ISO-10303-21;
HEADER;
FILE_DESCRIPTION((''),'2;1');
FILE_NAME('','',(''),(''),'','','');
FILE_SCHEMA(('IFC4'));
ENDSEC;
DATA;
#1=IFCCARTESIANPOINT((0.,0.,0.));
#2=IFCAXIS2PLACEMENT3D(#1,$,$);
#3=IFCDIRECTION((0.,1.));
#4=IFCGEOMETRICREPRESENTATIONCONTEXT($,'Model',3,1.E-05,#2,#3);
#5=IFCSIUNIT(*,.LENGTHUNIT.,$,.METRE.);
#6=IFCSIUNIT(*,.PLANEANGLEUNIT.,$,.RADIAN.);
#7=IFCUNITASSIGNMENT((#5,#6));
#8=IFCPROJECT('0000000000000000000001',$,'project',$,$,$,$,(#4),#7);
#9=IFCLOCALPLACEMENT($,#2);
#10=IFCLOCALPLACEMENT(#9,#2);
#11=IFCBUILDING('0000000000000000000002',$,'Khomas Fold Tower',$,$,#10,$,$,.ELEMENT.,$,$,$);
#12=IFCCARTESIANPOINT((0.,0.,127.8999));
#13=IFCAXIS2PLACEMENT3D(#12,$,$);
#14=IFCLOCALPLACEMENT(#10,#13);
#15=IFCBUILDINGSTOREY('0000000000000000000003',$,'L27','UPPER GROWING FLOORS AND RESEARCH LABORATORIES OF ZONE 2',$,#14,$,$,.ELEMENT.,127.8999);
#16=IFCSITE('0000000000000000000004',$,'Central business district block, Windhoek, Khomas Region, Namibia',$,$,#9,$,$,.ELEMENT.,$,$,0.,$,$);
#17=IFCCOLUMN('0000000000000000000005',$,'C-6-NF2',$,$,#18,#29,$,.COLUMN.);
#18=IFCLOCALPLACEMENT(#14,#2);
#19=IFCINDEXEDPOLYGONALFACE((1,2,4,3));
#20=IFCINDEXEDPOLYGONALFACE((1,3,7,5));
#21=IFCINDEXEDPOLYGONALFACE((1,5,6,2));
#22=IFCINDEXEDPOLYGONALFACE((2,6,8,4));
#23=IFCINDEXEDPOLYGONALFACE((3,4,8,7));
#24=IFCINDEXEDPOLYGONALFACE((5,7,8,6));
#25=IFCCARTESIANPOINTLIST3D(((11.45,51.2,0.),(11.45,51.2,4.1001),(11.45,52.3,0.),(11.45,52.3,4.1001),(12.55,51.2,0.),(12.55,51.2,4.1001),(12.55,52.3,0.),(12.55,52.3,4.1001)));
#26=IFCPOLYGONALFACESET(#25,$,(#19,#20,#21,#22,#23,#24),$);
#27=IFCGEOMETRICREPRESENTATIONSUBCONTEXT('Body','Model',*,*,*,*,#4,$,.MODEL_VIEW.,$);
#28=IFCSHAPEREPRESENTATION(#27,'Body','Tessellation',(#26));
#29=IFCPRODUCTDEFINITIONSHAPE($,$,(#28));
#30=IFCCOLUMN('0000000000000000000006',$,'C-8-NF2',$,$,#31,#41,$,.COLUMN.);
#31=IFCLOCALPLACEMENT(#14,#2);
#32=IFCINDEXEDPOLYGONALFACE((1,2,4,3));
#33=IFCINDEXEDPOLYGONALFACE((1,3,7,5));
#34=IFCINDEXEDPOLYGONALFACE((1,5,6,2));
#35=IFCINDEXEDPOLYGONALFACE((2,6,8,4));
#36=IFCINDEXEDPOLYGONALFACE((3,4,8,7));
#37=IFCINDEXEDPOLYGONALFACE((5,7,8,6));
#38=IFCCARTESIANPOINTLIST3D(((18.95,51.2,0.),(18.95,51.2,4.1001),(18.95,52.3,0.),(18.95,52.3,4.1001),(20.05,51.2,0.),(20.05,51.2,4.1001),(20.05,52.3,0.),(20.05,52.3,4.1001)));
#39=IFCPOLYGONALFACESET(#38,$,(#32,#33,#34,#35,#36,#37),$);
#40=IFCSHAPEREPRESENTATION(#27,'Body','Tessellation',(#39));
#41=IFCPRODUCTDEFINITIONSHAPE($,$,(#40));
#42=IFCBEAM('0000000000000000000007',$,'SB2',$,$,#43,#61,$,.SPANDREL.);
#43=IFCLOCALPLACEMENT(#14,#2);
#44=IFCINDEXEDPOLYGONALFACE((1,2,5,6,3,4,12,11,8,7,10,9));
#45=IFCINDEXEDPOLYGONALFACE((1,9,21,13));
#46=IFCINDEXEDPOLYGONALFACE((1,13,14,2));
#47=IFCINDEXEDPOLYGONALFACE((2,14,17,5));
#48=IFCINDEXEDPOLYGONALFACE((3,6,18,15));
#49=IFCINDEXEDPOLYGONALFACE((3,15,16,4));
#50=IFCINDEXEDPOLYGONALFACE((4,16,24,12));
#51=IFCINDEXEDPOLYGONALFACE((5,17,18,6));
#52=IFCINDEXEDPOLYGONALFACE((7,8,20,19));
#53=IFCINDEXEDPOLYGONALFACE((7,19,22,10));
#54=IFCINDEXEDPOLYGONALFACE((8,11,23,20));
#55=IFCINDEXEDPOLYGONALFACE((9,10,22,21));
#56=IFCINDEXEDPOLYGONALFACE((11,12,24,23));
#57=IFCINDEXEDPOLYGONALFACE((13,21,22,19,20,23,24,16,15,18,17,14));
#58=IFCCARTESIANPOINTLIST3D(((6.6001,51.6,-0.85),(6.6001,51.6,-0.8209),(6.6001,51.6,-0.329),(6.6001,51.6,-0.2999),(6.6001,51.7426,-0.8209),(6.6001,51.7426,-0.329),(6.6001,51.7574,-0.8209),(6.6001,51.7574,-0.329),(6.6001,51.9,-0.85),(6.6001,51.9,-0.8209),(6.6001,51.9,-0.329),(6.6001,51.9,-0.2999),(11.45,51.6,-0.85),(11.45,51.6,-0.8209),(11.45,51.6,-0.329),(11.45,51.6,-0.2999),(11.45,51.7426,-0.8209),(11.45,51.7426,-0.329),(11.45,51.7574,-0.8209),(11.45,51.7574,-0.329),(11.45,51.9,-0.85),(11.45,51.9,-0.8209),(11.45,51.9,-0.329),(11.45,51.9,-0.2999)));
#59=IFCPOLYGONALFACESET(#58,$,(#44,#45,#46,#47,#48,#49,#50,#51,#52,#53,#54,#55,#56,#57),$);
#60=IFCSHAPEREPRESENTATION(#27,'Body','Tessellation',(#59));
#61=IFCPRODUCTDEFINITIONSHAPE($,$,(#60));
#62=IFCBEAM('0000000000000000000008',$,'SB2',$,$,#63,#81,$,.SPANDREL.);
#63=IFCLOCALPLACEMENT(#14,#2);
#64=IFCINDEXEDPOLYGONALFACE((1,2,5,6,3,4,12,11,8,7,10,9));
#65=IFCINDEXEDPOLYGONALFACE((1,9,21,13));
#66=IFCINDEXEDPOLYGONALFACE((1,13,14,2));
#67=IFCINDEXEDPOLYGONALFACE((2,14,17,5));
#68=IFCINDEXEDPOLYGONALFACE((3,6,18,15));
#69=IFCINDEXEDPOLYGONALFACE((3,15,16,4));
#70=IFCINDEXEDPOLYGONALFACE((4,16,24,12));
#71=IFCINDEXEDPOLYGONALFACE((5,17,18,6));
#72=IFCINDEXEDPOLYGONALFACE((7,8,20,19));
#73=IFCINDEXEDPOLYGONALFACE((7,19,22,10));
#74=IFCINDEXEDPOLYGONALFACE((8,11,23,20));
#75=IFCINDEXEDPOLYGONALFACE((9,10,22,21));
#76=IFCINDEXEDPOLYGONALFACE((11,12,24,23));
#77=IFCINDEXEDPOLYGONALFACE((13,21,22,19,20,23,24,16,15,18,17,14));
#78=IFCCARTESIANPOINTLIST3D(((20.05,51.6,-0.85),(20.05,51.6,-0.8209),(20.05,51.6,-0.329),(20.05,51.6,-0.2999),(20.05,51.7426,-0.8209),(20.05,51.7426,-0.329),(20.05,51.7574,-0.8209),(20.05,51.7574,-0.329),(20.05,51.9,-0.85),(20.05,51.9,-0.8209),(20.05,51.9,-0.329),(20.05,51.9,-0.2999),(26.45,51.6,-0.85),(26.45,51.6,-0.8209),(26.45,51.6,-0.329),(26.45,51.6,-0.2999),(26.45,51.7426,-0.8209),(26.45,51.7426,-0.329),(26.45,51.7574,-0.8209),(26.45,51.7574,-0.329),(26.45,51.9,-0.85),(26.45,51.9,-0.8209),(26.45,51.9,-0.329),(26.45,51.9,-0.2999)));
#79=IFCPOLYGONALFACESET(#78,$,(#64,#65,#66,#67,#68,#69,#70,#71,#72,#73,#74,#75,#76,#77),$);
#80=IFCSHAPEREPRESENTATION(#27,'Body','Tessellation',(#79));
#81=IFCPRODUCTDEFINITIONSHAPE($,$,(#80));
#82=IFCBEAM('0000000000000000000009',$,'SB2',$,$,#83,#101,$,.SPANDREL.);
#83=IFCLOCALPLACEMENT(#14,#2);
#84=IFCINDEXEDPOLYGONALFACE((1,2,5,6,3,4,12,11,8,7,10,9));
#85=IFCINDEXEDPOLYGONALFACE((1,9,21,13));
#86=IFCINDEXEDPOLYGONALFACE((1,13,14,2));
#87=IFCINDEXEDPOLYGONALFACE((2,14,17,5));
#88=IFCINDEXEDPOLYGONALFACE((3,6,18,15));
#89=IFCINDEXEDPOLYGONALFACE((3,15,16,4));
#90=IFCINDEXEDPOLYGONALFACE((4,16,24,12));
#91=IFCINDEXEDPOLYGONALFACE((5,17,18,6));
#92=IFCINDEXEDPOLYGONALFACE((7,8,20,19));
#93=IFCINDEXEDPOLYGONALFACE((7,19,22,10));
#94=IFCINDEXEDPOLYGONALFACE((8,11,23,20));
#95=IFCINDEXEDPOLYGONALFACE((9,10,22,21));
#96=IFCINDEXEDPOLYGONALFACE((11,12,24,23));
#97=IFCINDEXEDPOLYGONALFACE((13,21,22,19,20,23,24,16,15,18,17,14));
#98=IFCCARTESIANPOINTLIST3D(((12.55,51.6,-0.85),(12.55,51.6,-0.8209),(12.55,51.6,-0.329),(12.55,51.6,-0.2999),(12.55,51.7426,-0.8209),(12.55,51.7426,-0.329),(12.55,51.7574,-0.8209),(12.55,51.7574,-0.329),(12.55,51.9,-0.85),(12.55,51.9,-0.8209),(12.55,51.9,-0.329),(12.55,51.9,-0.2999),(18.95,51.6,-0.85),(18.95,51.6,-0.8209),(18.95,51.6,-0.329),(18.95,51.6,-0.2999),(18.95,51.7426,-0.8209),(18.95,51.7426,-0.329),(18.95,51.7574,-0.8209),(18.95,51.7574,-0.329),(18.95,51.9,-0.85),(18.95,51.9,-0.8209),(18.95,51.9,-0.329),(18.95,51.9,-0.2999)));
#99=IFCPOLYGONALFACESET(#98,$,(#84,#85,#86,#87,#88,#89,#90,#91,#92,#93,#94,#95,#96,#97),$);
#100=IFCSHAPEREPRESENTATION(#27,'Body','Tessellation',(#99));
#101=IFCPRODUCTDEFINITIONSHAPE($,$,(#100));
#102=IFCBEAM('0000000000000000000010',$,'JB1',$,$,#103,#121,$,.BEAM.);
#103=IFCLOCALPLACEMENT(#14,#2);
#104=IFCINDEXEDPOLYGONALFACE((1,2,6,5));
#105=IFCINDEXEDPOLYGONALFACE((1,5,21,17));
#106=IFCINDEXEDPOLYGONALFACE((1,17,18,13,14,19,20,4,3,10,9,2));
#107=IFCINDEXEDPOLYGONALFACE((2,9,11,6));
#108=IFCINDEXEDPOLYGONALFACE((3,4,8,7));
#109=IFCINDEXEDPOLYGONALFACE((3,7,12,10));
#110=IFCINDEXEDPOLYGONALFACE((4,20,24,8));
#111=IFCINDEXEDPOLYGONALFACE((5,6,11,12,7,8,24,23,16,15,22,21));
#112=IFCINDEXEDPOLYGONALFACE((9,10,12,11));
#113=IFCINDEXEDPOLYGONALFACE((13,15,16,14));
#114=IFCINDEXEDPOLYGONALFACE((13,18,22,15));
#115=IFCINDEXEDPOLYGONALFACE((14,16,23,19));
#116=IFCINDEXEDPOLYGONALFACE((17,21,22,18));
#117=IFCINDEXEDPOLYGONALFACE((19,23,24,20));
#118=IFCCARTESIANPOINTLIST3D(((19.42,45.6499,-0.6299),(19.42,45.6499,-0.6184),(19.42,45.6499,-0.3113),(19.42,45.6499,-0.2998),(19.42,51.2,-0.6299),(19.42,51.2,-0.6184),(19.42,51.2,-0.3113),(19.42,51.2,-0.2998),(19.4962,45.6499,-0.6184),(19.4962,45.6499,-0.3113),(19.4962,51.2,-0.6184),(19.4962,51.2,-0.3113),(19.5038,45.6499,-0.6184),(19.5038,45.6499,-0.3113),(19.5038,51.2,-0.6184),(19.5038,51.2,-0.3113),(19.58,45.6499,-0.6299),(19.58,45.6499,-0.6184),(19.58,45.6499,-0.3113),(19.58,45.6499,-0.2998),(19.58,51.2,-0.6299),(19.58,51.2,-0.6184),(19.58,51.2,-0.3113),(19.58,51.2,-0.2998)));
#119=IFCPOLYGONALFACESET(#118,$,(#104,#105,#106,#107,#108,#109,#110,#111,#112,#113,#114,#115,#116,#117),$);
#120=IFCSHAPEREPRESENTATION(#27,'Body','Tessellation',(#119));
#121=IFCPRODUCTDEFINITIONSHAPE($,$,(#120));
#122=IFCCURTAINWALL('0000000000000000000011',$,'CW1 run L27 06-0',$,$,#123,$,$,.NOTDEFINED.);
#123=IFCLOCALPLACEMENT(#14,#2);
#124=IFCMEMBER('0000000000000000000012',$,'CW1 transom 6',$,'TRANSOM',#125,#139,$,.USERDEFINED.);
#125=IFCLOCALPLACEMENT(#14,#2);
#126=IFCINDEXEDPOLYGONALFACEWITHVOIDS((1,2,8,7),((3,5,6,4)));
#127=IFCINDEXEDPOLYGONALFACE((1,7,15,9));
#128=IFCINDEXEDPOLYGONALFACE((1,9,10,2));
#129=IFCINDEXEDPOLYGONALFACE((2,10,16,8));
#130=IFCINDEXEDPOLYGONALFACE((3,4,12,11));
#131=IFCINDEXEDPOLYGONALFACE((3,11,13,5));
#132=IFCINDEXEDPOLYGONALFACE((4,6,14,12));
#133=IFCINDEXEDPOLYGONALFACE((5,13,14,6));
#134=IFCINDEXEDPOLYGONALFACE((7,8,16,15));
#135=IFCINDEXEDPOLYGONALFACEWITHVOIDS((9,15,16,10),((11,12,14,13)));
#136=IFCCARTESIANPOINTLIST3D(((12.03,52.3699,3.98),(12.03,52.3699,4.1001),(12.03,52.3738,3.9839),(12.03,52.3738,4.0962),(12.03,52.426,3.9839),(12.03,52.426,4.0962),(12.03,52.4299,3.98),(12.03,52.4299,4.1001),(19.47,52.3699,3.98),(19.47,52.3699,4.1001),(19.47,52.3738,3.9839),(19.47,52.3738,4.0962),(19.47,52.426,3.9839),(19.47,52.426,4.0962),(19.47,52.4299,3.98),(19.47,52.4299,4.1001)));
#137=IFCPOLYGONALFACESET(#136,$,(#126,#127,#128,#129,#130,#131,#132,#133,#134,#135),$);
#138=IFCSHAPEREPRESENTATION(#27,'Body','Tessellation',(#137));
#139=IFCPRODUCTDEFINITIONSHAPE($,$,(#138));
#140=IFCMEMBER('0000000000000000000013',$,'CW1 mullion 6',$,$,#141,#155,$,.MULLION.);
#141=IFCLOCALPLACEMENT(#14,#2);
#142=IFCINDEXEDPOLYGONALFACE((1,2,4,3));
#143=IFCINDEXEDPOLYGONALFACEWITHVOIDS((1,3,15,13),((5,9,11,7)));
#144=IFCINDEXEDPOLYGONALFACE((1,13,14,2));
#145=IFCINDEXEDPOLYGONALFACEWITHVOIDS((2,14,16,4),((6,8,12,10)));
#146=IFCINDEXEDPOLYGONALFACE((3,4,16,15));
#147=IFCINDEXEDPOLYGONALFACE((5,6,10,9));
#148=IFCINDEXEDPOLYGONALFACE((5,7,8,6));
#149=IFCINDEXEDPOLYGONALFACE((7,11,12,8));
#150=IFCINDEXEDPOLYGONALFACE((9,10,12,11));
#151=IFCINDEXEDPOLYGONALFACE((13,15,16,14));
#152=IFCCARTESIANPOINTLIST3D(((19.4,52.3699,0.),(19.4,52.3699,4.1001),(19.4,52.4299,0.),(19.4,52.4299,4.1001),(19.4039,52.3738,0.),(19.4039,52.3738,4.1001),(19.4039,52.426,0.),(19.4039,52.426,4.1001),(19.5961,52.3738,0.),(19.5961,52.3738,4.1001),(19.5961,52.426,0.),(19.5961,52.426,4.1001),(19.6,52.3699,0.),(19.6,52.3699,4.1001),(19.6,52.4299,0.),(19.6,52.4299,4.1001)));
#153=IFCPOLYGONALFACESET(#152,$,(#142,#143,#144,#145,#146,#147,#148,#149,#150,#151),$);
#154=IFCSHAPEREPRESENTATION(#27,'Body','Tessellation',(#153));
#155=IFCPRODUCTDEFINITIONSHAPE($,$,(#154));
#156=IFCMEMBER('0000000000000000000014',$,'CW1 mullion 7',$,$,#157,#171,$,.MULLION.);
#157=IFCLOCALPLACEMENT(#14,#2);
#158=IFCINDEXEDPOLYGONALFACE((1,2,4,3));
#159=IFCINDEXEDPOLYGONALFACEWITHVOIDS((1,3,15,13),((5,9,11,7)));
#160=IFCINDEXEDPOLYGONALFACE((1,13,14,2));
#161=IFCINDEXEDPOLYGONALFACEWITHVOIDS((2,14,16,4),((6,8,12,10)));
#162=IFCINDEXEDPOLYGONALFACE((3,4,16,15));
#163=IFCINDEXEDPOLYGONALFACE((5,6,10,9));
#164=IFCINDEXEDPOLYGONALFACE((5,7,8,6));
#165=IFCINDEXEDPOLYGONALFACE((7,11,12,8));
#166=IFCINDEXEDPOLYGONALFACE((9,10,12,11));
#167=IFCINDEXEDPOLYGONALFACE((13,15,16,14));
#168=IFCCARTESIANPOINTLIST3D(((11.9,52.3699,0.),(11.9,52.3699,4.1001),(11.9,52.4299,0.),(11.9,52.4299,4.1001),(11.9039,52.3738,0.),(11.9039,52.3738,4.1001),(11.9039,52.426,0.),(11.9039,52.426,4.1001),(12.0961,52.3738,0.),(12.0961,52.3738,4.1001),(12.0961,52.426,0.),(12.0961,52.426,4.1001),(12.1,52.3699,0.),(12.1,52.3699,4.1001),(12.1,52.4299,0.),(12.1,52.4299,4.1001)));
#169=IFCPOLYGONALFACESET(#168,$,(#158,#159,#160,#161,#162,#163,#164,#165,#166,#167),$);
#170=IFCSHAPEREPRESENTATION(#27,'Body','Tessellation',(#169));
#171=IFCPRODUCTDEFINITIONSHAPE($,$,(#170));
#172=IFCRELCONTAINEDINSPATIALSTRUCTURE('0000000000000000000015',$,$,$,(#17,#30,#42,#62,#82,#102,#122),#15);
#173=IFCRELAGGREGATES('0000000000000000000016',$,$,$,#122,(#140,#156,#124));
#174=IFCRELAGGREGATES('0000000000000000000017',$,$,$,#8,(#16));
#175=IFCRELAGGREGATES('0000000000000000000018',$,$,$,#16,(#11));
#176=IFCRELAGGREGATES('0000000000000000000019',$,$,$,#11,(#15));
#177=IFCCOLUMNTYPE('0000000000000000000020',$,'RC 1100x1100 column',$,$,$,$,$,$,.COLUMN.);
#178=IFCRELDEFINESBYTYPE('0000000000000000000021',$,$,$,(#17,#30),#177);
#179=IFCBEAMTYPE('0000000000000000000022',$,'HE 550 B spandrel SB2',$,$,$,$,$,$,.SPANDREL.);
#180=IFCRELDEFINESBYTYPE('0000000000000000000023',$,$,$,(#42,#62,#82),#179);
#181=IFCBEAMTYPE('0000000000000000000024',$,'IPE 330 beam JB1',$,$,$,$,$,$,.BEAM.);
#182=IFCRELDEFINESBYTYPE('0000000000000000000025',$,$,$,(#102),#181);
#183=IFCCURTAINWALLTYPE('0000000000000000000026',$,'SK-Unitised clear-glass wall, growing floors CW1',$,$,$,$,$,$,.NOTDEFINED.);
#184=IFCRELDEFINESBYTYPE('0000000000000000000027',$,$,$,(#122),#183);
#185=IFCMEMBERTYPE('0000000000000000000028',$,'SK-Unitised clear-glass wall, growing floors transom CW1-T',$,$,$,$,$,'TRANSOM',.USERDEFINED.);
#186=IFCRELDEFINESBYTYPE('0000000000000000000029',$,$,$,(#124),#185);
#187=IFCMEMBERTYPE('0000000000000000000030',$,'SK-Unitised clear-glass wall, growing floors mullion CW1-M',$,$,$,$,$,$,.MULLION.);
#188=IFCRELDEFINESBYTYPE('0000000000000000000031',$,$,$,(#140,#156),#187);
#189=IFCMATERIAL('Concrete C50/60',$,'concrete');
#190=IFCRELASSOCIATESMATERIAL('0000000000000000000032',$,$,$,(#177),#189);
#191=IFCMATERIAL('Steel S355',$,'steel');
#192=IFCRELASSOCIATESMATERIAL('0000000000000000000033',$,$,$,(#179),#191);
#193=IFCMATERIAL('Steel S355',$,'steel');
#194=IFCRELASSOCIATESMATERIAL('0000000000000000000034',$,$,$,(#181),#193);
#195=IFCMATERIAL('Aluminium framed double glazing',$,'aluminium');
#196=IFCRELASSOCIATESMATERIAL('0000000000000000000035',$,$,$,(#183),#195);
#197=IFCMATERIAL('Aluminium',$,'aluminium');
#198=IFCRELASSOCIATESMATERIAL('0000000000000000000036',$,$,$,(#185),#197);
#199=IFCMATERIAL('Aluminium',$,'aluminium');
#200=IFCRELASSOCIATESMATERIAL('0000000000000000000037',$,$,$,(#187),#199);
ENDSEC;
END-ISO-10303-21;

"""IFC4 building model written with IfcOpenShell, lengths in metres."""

from ifc_helpers import new_model, si_unit, direction, frame, origin, origin_2d, place, context, subcontext, project, spatial, rectangle, hollow_rectangle, i_section, extrude, source, transform, mapped, material, material_profile, profile_set, type_object, element, aggregate, save


model = new_model("IFC4")

# Units and contexts
model_context = context("Model", 3, precision=1e-05, world=origin(), true_north=direction((0.0, 1.0)))
body_context = subcontext(model_context, "Body", "Model", "MODEL_VIEW")
ifc_project = project(units=[si_unit("LENGTHUNIT", "METRE"), si_unit("PLANEANGLEUNIT", "RADIAN")], contexts=[model_context])

# Site, building, storey
site_placement = place(None, origin())
site = spatial("IfcSite", under=ifc_project, at=site_placement, Name="Central business district block, Windhoek, Khomas Region, Namibia", CompositionType="ELEMENT", RefElevation=0.0)
building_placement = place(site_placement, origin())
building = spatial("IfcBuilding", under=site, at=building_placement, Name="Khomas Fold Tower", CompositionType="ELEMENT")
storey_placement = place(building_placement, frame((0.0, 0.0, 127.8999)))
storey = spatial("IfcBuildingStorey", under=building, at=storey_placement, Name="L27", Description="UPPER GROWING FLOORS AND RESEARCH LABORATORIES OF ZONE 2", CompositionType="ELEMENT", Elevation=127.8999)

# Columns
ifc_material_1 = material(Name="Concrete C50/60", Category="concrete")
ifc_material_profile_1 = material_profile(ifc_material_1, rectangle(XDim=1.1001, YDim=1.1001, at=origin_2d()), Name="RC 1100x1100")
ifc_profile_set_1 = profile_set([ifc_material_profile_1], Name="Concrete C50/60")
column_type = type_object("IfcColumnType", Name="RC 1100x1100 column", PredefinedType="COLUMN", material=ifc_profile_set_1)
shared_shape_1 = source(origin(), body_context, "Body", "SweptSolid", [
    extrude(rectangle(XDim=1.1001, YDim=1.1001, at=origin_2d()), origin(), (0.0, 0.0, 1.0), 4.1001),
])
for number, where, z_axis, x_axis, name in (
    (1, (12.0, 51.75, 0.0), (0.0, 0.0, 1.0), (1.0, 0.0, 0.0), "C-6-NF2"),
    (2, (19.5, 51.75, 0.0), (0.0, 0.0, 1.0), (1.0, 0.0, 0.0), "C-8-NF2"),
):
    element("IfcColumn", number, at=place(storey_placement, frame(where, z_axis=z_axis, x_axis=x_axis)), inside=storey, type_object=column_type, Name=name, PredefinedType="COLUMN", context=body_context, shape_type="MappedRepresentation", body=[
        mapped(shared_shape_1, transform((0.0, 0.0, 0.0))),
    ])

# Beams
ifc_material_2 = material(Name="Steel S355", Category="steel")
ifc_material_profile_2 = material_profile(ifc_material_2, i_section(OverallWidth=0.3, OverallDepth=0.55, WebThickness=0.0149, FlangeThickness=0.0291, at=origin_2d()), Name="HE 550 B")
ifc_profile_set_2 = profile_set([ifc_material_profile_2], Name="Steel S355")
beam_type_1 = type_object("IfcBeamType", Name="HE 550 B spandrel SB2", PredefinedType="SPANDREL", material=ifc_profile_set_2)
shared_shape_2 = source(origin(), body_context, "Body", "SweptSolid", [
    extrude(i_section(OverallWidth=0.3, OverallDepth=0.55, WebThickness=0.0149, FlangeThickness=0.0291, at=origin_2d()), origin(), (0.0, 0.0, 1.0), 4.8499),
])
beam_1_placement = place(storey_placement, frame((6.6001, 51.75, -0.575), z_axis=(1.0, 0.0, 0.0), x_axis=(0.0, 1.0, 0.0)))
element("IfcBeam", 3, at=beam_1_placement, inside=storey, type_object=beam_type_1, Name="SB2", PredefinedType="SPANDREL", context=body_context, shape_type="MappedRepresentation", body=[
    mapped(shared_shape_2, transform((0.0, 0.0, 0.0))),
])
shared_shape_3 = source(origin(), body_context, "Body", "SweptSolid", [
    extrude(i_section(OverallWidth=0.3, OverallDepth=0.55, WebThickness=0.0149, FlangeThickness=0.0291, at=origin_2d()), origin(), (0.0, 0.0, 1.0), 6.3999),
])
for number, where, z_axis, x_axis, name in (
    (4, (20.05, 51.75, -0.575), (1.0, 0.0, 0.0), (0.0, 1.0, 0.0), "SB2"),
    (5, (12.55, 51.75, -0.575), (1.0, 0.0, 0.0), (0.0, 1.0, 0.0), "SB2"),
):
    element("IfcBeam", number, at=place(storey_placement, frame(where, z_axis=z_axis, x_axis=x_axis)), inside=storey, type_object=beam_type_1, Name=name, PredefinedType="SPANDREL", context=body_context, shape_type="MappedRepresentation", body=[
        mapped(shared_shape_3, transform((0.0, 0.0, 0.0))),
    ])
ifc_material_3 = material(Name="Steel S355", Category="steel")
ifc_material_profile_3 = material_profile(ifc_material_3, i_section(OverallWidth=0.1599, OverallDepth=0.3301, WebThickness=0.0076, FlangeThickness=0.0115, at=origin_2d()), Name="IPE 330")
ifc_profile_set_3 = profile_set([ifc_material_profile_3], Name="Steel S355")
beam_type_2 = type_object("IfcBeamType", Name="IPE 330 beam JB1", PredefinedType="BEAM", material=ifc_profile_set_3)
shared_shape_4 = source(origin(), body_context, "Body", "SweptSolid", [
    extrude(i_section(OverallWidth=0.1599, OverallDepth=0.3301, WebThickness=0.0076, FlangeThickness=0.0115, at=origin_2d()), origin(), (0.0, 0.0, 1.0), 5.55),
])
beam_2_placement = place(storey_placement, frame((19.5, 45.6499, -0.4648), z_axis=(0.0, 1.0, 0.0), x_axis=(-1.0, 0.0, 0.0)))
element("IfcBeam", 6, at=beam_2_placement, inside=storey, type_object=beam_type_2, Name="JB1", PredefinedType="BEAM", context=body_context, shape_type="MappedRepresentation", body=[
    mapped(shared_shape_4, transform((0.0, 0.0, 0.0))),
])

# Curtain wall, members
ifc_material_4 = material(Name="Aluminium framed double glazing", Category="aluminium")
curtain_wall_type = type_object("IfcCurtainWallType", Name="SK-Unitised clear-glass wall, growing floors CW1", PredefinedType="NOTDEFINED", material=ifc_material_4)
curtain_wall_placement = place(storey_placement, origin())
curtain_wall = element("IfcCurtainWall", 7, at=curtain_wall_placement, inside=storey, type_object=curtain_wall_type, Name="CW1 run L27 06-0", PredefinedType="NOTDEFINED")
ifc_material_5 = material(Name="Aluminium", Category="aluminium")
ifc_material_profile_4 = material_profile(ifc_material_5, hollow_rectangle(XDim=0.0601, YDim=0.1201, WallThickness=0.0039, at=origin_2d()), Name="SK-Unitised clear-glass wall, growing floors transom CW1-T")
ifc_profile_set_4 = profile_set([ifc_material_profile_4], Name="Aluminium")
member_type_1 = type_object("IfcMemberType", Name="SK-Unitised clear-glass wall, growing floors transom CW1-T", ElementType="TRANSOM", PredefinedType="USERDEFINED", material=ifc_profile_set_4)
shared_shape_5 = source(origin(), body_context, "Body", "SweptSolid", [
    extrude(hollow_rectangle(XDim=0.0601, YDim=0.1201, WallThickness=0.0039, at=origin_2d()), origin(), (0.0, 0.0, 1.0), 7.4399),
])
member_1_placement = place(storey_placement, frame((19.47, 52.3999, 4.04), z_axis=(-1.0, 0.0, 0.0), x_axis=(0.0, -1.0, 0.0)))
member_1 = element("IfcMember", 8, at=member_1_placement, type_object=member_type_1, Name="CW1 transom 6", ObjectType="TRANSOM", PredefinedType="USERDEFINED", context=body_context, shape_type="MappedRepresentation", body=[
    mapped(shared_shape_5, transform((0.0, 0.0, 0.0))),
])
ifc_material_6 = material(Name="Aluminium", Category="aluminium")
ifc_material_profile_5 = material_profile(ifc_material_6, hollow_rectangle(XDim=0.0601, YDim=0.2, WallThickness=0.0039, at=origin_2d()), Name="SK-Unitised clear-glass wall, growing floors mullion CW1-M")
ifc_profile_set_5 = profile_set([ifc_material_profile_5], Name="Aluminium")
member_type_2 = type_object("IfcMemberType", Name="SK-Unitised clear-glass wall, growing floors mullion CW1-M", PredefinedType="MULLION", material=ifc_profile_set_5)
shared_shape_6 = source(origin(), body_context, "Body", "SweptSolid", [
    extrude(hollow_rectangle(XDim=0.0601, YDim=0.2, WallThickness=0.0039, at=origin_2d()), origin(), (0.0, 0.0, 1.0), 4.1001),
])
member_2_placement = place(storey_placement, frame((19.5, 52.3999, 0.0), z_axis=(0.0, 0.0, 1.0), x_axis=(0.0, -1.0, 0.0)))
member_2 = element("IfcMember", 9, at=member_2_placement, type_object=member_type_2, Name="CW1 mullion 6", PredefinedType="MULLION", context=body_context, shape_type="MappedRepresentation", body=[
    mapped(shared_shape_6, transform((0.0, 0.0, 0.0))),
])
member_3_placement = place(storey_placement, frame((12.0, 52.3999, 0.0), z_axis=(0.0, 0.0, 1.0), x_axis=(0.0, -1.0, 0.0)))
member_3 = element("IfcMember", 10, at=member_3_placement, type_object=member_type_2, Name="CW1 mullion 7", PredefinedType="MULLION", context=body_context, shape_type="MappedRepresentation", body=[
    mapped(shared_shape_6, transform((0.0, 0.0, 0.0))),
])

aggregate(curtain_wall, [member_2, member_3, member_1])

save(model, "model.ifc")
